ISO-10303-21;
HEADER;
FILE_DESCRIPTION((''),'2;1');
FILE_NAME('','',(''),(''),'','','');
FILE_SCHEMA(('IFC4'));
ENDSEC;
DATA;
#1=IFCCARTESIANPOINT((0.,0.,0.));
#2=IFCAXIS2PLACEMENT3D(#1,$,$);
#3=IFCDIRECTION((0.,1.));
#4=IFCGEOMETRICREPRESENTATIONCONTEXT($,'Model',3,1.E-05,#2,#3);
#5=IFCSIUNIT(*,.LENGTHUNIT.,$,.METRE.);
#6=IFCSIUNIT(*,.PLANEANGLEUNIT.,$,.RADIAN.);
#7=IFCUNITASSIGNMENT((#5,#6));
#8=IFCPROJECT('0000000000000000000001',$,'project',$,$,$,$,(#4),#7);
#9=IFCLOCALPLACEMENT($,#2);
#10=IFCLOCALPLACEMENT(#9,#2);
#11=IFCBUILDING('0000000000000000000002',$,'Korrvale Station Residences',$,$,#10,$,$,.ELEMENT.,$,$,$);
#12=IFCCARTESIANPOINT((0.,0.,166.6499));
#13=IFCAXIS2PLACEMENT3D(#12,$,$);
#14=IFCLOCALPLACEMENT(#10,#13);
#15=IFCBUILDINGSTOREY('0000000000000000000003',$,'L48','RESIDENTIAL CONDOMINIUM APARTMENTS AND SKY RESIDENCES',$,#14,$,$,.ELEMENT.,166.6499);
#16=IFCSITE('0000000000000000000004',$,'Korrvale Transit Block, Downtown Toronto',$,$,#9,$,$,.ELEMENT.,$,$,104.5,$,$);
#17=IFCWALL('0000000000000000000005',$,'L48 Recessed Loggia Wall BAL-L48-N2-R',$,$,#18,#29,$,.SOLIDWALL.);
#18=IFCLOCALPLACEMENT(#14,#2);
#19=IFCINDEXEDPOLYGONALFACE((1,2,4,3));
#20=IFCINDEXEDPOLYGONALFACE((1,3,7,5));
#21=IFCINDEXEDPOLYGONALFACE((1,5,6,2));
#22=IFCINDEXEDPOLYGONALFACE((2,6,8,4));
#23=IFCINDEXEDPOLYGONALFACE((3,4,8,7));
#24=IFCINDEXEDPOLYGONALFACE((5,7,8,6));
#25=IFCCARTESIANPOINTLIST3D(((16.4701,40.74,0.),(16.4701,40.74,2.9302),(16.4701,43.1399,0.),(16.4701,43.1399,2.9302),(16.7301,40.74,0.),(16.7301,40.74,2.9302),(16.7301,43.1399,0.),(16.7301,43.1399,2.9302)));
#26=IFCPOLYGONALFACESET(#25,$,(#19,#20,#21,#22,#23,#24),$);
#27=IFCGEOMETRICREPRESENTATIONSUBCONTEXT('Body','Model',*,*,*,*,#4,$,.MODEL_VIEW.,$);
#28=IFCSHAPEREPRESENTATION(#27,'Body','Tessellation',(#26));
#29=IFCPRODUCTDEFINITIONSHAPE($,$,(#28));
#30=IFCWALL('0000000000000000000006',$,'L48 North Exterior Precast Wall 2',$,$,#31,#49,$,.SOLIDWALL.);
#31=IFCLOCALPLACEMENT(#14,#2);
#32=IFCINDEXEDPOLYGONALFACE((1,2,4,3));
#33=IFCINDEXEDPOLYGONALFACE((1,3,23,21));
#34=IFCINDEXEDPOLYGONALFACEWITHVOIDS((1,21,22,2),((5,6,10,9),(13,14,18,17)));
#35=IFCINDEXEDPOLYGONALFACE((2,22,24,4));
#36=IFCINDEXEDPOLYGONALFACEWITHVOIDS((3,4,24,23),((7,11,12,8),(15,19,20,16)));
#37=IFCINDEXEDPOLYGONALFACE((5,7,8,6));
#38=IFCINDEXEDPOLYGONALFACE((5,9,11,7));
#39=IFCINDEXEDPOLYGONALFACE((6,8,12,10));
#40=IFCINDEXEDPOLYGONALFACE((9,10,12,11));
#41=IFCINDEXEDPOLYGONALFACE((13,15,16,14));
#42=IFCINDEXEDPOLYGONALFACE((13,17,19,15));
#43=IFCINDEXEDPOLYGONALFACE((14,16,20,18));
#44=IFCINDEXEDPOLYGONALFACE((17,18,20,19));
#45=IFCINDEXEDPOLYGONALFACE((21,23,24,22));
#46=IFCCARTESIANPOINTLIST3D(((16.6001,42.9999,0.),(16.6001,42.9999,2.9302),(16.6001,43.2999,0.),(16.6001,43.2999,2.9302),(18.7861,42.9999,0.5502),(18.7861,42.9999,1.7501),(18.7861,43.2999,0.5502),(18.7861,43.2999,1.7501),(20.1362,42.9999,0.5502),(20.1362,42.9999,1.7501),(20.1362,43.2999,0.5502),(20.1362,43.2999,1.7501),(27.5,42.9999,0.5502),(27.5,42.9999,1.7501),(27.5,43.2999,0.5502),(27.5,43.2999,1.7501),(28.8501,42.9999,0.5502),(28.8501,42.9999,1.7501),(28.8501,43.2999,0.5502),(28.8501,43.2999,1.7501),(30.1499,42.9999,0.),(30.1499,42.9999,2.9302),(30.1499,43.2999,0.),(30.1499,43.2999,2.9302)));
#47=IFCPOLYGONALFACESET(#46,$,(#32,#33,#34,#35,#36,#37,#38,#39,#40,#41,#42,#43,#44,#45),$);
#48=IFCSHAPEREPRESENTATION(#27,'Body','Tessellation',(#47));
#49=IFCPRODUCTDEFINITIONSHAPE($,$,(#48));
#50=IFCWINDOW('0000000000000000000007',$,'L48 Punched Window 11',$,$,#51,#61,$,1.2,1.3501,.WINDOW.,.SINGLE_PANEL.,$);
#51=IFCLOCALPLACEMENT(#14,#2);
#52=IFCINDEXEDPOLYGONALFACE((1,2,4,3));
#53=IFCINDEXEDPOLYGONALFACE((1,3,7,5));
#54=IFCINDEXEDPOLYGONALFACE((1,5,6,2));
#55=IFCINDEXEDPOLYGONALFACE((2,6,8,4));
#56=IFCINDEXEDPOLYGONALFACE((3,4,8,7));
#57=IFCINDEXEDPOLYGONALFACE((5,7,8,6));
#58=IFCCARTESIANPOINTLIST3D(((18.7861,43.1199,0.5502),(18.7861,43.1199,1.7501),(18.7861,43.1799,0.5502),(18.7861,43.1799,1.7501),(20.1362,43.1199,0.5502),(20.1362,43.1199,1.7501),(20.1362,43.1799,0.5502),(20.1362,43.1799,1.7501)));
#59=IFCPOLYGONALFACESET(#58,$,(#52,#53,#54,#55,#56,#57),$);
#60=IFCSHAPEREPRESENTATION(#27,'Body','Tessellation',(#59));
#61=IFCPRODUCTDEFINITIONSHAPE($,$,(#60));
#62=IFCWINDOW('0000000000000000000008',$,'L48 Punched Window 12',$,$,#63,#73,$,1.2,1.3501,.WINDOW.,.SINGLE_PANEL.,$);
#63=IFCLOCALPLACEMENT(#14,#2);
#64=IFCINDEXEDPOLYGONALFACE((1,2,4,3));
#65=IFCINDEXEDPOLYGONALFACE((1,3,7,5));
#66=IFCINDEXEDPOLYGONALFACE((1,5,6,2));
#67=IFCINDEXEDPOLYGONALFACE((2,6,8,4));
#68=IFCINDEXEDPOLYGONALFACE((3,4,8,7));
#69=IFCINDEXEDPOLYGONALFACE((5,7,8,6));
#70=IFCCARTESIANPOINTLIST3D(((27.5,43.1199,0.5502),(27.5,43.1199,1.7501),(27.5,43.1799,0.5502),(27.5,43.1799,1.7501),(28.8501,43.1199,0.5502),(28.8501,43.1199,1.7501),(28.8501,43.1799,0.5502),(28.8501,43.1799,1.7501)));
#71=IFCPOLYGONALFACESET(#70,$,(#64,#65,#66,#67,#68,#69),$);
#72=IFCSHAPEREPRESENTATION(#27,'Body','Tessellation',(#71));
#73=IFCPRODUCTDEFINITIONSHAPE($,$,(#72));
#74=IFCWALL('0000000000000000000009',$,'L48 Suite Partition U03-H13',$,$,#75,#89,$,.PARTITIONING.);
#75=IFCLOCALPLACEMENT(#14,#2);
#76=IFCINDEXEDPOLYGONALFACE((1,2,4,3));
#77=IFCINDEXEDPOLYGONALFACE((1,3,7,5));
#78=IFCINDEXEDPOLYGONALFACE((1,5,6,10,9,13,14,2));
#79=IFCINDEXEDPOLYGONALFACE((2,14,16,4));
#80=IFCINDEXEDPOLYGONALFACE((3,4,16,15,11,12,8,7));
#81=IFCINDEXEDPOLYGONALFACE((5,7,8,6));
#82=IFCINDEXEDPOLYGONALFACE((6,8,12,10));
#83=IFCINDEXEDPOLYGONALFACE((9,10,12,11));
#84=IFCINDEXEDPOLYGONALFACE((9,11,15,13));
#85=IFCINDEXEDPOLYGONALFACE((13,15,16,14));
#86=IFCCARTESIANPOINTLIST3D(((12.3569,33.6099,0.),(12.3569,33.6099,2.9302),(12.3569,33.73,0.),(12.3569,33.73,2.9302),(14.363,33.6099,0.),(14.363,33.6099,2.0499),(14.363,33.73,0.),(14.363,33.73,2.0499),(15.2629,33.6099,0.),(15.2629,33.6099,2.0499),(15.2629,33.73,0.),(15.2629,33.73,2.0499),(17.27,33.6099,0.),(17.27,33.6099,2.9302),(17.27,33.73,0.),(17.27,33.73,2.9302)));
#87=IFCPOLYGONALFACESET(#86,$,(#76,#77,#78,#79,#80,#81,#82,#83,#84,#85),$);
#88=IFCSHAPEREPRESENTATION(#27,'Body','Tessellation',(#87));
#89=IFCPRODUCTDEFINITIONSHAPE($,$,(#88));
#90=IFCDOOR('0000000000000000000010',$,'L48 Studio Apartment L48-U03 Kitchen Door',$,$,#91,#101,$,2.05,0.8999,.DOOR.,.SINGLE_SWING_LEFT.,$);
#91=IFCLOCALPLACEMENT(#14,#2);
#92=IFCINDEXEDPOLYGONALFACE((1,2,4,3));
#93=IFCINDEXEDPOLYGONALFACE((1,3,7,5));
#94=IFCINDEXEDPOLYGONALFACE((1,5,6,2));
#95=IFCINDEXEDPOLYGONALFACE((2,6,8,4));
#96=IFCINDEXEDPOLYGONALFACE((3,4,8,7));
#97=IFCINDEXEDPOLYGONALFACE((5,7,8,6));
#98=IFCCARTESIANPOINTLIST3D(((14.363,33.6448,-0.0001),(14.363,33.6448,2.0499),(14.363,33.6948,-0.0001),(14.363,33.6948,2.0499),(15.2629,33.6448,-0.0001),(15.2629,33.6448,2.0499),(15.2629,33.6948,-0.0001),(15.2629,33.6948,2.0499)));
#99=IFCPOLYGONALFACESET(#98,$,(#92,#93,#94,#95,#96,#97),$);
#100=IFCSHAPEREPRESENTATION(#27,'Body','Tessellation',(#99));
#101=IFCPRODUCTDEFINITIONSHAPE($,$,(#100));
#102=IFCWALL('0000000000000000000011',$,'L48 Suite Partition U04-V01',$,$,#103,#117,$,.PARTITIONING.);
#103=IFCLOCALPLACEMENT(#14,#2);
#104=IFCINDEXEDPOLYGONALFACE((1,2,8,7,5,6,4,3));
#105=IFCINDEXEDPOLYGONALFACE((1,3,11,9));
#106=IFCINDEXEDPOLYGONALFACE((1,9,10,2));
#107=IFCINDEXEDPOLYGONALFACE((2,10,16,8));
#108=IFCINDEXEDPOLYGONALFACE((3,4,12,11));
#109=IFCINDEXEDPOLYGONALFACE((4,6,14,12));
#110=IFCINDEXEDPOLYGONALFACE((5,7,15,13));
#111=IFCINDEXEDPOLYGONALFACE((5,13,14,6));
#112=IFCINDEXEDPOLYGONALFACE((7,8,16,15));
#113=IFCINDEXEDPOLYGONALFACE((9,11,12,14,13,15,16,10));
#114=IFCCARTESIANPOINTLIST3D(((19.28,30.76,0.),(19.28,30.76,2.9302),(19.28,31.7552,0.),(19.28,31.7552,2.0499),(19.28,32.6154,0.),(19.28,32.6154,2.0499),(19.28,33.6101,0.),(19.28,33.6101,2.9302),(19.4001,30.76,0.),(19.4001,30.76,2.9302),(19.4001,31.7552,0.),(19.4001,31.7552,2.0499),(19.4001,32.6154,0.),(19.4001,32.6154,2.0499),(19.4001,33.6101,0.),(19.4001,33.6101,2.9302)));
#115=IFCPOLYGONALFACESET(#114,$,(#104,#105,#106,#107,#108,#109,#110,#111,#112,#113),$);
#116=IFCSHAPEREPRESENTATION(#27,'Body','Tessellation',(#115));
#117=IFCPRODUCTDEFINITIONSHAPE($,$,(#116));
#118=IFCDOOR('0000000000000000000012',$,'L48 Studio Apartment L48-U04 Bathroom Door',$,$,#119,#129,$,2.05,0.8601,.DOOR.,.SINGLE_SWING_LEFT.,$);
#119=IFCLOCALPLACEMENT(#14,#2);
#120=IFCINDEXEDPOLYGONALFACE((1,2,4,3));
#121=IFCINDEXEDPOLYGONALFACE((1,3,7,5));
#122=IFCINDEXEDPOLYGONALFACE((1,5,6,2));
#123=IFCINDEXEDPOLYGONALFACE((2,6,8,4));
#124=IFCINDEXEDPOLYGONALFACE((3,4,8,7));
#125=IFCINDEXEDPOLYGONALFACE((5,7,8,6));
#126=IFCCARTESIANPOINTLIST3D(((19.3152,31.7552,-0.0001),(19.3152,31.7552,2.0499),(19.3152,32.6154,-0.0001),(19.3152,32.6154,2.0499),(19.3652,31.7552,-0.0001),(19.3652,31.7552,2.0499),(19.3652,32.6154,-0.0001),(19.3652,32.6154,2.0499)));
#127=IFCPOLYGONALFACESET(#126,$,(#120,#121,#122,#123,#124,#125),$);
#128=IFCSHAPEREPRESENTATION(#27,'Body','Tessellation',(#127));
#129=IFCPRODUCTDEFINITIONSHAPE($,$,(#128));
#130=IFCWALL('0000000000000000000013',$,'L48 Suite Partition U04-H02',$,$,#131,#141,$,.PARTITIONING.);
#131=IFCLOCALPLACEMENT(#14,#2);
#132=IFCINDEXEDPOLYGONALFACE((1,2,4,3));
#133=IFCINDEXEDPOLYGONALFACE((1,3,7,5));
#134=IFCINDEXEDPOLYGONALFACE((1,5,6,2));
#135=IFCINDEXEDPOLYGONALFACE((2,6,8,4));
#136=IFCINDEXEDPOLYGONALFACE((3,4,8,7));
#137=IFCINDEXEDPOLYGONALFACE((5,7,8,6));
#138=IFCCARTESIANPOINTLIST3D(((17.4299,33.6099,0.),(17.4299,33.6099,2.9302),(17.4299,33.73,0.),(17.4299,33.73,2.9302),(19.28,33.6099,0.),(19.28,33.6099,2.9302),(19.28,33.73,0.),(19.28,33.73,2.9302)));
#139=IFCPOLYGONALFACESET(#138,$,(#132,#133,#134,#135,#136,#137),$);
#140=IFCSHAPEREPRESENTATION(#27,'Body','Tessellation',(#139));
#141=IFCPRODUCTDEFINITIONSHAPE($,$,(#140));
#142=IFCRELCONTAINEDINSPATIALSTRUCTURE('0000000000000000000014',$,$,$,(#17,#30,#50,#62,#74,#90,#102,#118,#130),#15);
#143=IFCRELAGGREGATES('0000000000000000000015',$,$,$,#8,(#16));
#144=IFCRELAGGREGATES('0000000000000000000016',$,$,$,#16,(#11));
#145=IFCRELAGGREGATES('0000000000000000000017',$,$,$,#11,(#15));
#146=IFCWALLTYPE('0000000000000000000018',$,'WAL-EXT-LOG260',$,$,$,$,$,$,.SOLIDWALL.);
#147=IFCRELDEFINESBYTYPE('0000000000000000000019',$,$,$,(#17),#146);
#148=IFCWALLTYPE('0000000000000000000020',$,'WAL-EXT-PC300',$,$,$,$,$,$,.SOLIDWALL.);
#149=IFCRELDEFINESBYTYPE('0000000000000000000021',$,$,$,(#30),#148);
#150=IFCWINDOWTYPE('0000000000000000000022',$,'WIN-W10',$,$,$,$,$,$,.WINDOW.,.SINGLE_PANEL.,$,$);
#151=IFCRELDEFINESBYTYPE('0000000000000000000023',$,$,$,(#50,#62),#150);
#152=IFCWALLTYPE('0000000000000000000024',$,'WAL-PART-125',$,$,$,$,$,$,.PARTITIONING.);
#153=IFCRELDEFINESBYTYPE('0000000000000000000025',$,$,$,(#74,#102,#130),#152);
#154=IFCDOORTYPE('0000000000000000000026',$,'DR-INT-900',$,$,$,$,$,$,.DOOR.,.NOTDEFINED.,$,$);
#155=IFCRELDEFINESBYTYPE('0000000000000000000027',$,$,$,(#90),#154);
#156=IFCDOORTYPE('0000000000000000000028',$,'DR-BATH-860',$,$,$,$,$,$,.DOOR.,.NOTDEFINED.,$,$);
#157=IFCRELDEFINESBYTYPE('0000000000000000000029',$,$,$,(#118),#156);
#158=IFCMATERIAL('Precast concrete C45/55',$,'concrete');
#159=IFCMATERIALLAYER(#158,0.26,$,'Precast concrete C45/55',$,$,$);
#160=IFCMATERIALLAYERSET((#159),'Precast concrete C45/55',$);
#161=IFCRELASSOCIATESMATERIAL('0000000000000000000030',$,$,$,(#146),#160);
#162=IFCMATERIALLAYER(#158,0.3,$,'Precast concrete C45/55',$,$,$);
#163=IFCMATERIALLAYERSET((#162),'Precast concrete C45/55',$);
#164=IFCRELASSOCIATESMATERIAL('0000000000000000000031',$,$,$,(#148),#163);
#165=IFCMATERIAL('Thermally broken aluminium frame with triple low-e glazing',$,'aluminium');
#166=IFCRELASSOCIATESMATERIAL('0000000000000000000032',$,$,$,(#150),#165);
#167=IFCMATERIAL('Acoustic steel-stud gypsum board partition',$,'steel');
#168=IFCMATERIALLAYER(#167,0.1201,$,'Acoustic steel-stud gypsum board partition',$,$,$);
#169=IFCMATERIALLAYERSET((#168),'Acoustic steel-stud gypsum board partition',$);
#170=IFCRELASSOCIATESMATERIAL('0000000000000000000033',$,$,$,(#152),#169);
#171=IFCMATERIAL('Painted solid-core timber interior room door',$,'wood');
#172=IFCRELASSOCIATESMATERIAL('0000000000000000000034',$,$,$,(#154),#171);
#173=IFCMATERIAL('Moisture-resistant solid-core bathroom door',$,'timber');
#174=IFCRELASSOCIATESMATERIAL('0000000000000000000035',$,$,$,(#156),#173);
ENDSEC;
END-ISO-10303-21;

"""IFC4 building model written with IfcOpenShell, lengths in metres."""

from ifc_helpers import new_model, si_unit, direction, frame, frame_2d, origin, place, context, subcontext, project, spatial, rectangle, extrude, material, layer, layer_set, type_object, element, fill, save


model = new_model("IFC4")

# Units and contexts
model_context = context("Model", 3, precision=1e-05, world=origin(), true_north=direction((0.0, 1.0)))
body_context = subcontext(model_context, "Body", "Model", "MODEL_VIEW")
ifc_project = project(units=[si_unit("LENGTHUNIT", "METRE"), si_unit("PLANEANGLEUNIT", "RADIAN")], contexts=[model_context])

# Site, building, storey
site_placement = place(None, origin())
site = spatial("IfcSite", under=ifc_project, at=site_placement, Name="Korrvale Transit Block, Downtown Toronto", CompositionType="ELEMENT", RefElevation=104.5)
building_placement = place(site_placement, origin())
building = spatial("IfcBuilding", under=site, at=building_placement, Name="Korrvale Station Residences", CompositionType="ELEMENT")
storey_placement = place(building_placement, frame((0.0, 0.0, 166.6499)))
storey = spatial("IfcBuildingStorey", under=building, at=storey_placement, Name="L48", Description="RESIDENTIAL CONDOMINIUM APARTMENTS AND SKY RESIDENCES", CompositionType="ELEMENT", Elevation=166.6499)

# Wall
ifc_material_1 = material(Name="Precast concrete C45/55", Category="concrete")
ifc_layer_1 = layer(ifc_material_1, 0.26, Name="Precast concrete C45/55")
ifc_layer_set_1 = layer_set([ifc_layer_1], Name="Precast concrete C45/55")
wall_type_1 = type_object("IfcWallType", Name="WAL-EXT-LOG260", PredefinedType="SOLIDWALL", material=ifc_layer_set_1)
wall_1_placement = place(storey_placement, frame((16.6001, 40.74, 0.0), z_axis=(0.0, 0.0, 1.0), x_axis=(0.0, 1.0, 0.0)))
element("IfcWall", 1, at=wall_1_placement, inside=storey, type_object=wall_type_1, Name="L48 Recessed Loggia Wall BAL-L48-N2-R", PredefinedType="SOLIDWALL", context=body_context, shape_type="SweptSolid", body=[
    extrude(rectangle(XDim=2.3999, YDim=0.26, at=frame_2d((1.2, 0.0))), origin(), (0.0, 0.0, 1.0), 2.9302),
])

# Wall, openings, windows
ifc_layer_2 = layer(ifc_material_1, 0.3, Name="Precast concrete C45/55")
ifc_layer_set_2 = layer_set([ifc_layer_2], Name="Precast concrete C45/55")
wall_type_2 = type_object("IfcWallType", Name="WAL-EXT-PC300", PredefinedType="SOLIDWALL", material=ifc_layer_set_2)
wall_2_placement = place(storey_placement, frame((16.6001, 43.1499, 0.0), z_axis=(0.0, 0.0, 1.0), x_axis=(1.0, 0.0, 0.0)))
wall_2 = element("IfcWall", 2, at=wall_2_placement, inside=storey, type_object=wall_type_2, Name="L48 North Exterior Precast Wall 2", PredefinedType="SOLIDWALL", context=body_context, shape_type="SweptSolid", body=[
    extrude(rectangle(XDim=13.5498, YDim=0.3, at=frame_2d((6.7749, 0.0))), origin(), (0.0, 0.0, 1.0), 2.9302),
])
opening_1_placement = place(wall_2_placement, frame((2.186, 0.0, 0.55)))
opening_1 = element("IfcOpeningElement", 3, at=opening_1_placement, cuts=wall_2, PredefinedType="OPENING", context=body_context, shape_type="SweptSolid", body=[
    extrude(rectangle(XDim=1.3501, YDim=1.2, at=frame_2d((0.675, 0.6001))), frame((0.0, 0.1602, 0.0), z_axis=(0.0, -1.0, 0.0), x_axis=(1.0, 0.0, 0.0)), (0.0, 0.0, 1.0), 0.3201),
])
opening_2_placement = place(wall_2_placement, frame((10.8999, 0.0, 0.55)))
opening_2 = element("IfcOpeningElement", 4, at=opening_2_placement, cuts=wall_2, PredefinedType="OPENING", context=body_context, shape_type="SweptSolid", body=[
    extrude(rectangle(XDim=1.3501, YDim=1.2, at=frame_2d((0.675, 0.6001))), frame((0.0, 0.1602, 0.0), z_axis=(0.0, -1.0, 0.0), x_axis=(1.0, 0.0, 0.0)), (0.0, 0.0, 1.0), 0.3201),
])
ifc_material_2 = material(Name="Thermally broken aluminium frame with triple low-e glazing", Category="aluminium")
window_type = type_object("IfcWindowType", Name="WIN-W10", PartitioningType="SINGLE_PANEL", PredefinedType="WINDOW", material=ifc_material_2)
window_1_placement = place(opening_1_placement, origin())
window_1 = element("IfcWindow", 5, at=window_1_placement, inside=storey, type_object=window_type, Name="L48 Punched Window 11", OverallHeight=1.2, OverallWidth=1.3501, PartitioningType="SINGLE_PANEL", PredefinedType="WINDOW", context=body_context, shape_type="SweptSolid", body=[
    extrude(rectangle(XDim=1.3501, YDim=1.2, at=frame_2d((0.675, 0.6001))), frame((0.0, 0.03, 0.0), z_axis=(0.0, -1.0, 0.0), x_axis=(1.0, 0.0, 0.0)), (0.0, 0.0, 1.0), 0.0601),
])
fill(opening_1, window_1)
window_2_placement = place(opening_2_placement, origin())
window_2 = element("IfcWindow", 6, at=window_2_placement, inside=storey, type_object=window_type, Name="L48 Punched Window 12", OverallHeight=1.2, OverallWidth=1.3501, PartitioningType="SINGLE_PANEL", PredefinedType="WINDOW", context=body_context, shape_type="SweptSolid", body=[
    extrude(rectangle(XDim=1.3501, YDim=1.2, at=frame_2d((0.675, 0.6001))), frame((0.0, 0.03, 0.0), z_axis=(0.0, -1.0, 0.0), x_axis=(1.0, 0.0, 0.0)), (0.0, 0.0, 1.0), 0.0601),
])
fill(opening_2, window_2)

# Walls, openings, doors
ifc_material_3 = material(Name="Acoustic steel-stud gypsum board partition", Category="steel")
ifc_layer_3 = layer(ifc_material_3, 0.1201, Name="Acoustic steel-stud gypsum board partition")
ifc_layer_set_3 = layer_set([ifc_layer_3], Name="Acoustic steel-stud gypsum board partition")
wall_type_3 = type_object("IfcWallType", Name="WAL-PART-125", PredefinedType="PARTITIONING", material=ifc_layer_set_3)
wall_3_placement = place(storey_placement, frame((12.3569, 33.6699, 0.0), z_axis=(0.0, 0.0, 1.0), x_axis=(1.0, 0.0, 0.0)))
wall_3 = element("IfcWall", 7, at=wall_3_placement, inside=storey, type_object=wall_type_3, Name="L48 Suite Partition U03-H13", PredefinedType="PARTITIONING", context=body_context, shape_type="SweptSolid", body=[
    extrude(rectangle(XDim=4.9131, YDim=0.1201, at=frame_2d((2.4565, 0.0))), origin(), (0.0, 0.0, 1.0), 2.9302),
])
opening_3_placement = place(wall_3_placement, frame((2.0061, 0.0, 0.0)))
opening_3 = element("IfcOpeningElement", 8, at=opening_3_placement, cuts=wall_3, PredefinedType="OPENING", context=body_context, shape_type="SweptSolid", body=[
    extrude(rectangle(XDim=0.8999, YDim=2.05, at=frame_2d((0.45, 1.0249))), frame((0.0, 0.0701, 0.0), z_axis=(0.0, -1.0, 0.0), x_axis=(1.0, 0.0, 0.0)), (0.0, 0.0, 1.0), 0.1401),
])
ifc_material_4 = material(Name="Painted solid-core timber interior room door", Category="wood")
door_type_1 = type_object("IfcDoorType", Name="DR-INT-900", OperationType="NOTDEFINED", PredefinedType="DOOR", material=ifc_material_4)
door_1_placement = place(opening_3_placement, origin())
door_1 = element("IfcDoor", 9, at=door_1_placement, inside=storey, type_object=door_type_1, Name="L48 Studio Apartment L48-U03 Kitchen Door", OperationType="SINGLE_SWING_LEFT", OverallHeight=2.05, OverallWidth=0.8999, PredefinedType="DOOR", context=body_context, shape_type="SweptSolid", body=[
    extrude(rectangle(XDim=0.8999, YDim=2.05, at=frame_2d((0.45, 1.0249))), frame((0.0, 0.0249, 0.0), z_axis=(0.0, -1.0, 0.0), x_axis=(1.0, 0.0, 0.0)), (0.0, 0.0, 1.0), 0.05),
])
fill(opening_3, door_1)
wall_4_placement = place(storey_placement, frame((19.3401, 30.76, 0.0), z_axis=(0.0, 0.0, 1.0), x_axis=(0.0, 1.0, 0.0)))
wall_4 = element("IfcWall", 10, at=wall_4_placement, inside=storey, type_object=wall_type_3, Name="L48 Suite Partition U04-V01", PredefinedType="PARTITIONING", context=body_context, shape_type="SweptSolid", body=[
    extrude(rectangle(XDim=2.8501, YDim=0.1201, at=frame_2d((1.425, 0.0))), origin(), (0.0, 0.0, 1.0), 2.9302),
])
opening_4_placement = place(wall_4_placement, frame((0.9951, 0.0, 0.0)))
opening_4 = element("IfcOpeningElement", 11, at=opening_4_placement, cuts=wall_4, PredefinedType="OPENING", context=body_context, shape_type="SweptSolid", body=[
    extrude(rectangle(XDim=0.8601, YDim=2.05, at=frame_2d((0.4302, 1.0249))), frame((0.0, 0.0701, 0.0), z_axis=(0.0, -1.0, 0.0), x_axis=(1.0, 0.0, 0.0)), (0.0, 0.0, 1.0), 0.1401),
])
ifc_material_5 = material(Name="Moisture-resistant solid-core bathroom door", Category="timber")
door_type_2 = type_object("IfcDoorType", Name="DR-BATH-860", OperationType="NOTDEFINED", PredefinedType="DOOR", material=ifc_material_5)
door_2_placement = place(opening_4_placement, origin())
door_2 = element("IfcDoor", 12, at=door_2_placement, inside=storey, type_object=door_type_2, Name="L48 Studio Apartment L48-U04 Bathroom Door", OperationType="SINGLE_SWING_LEFT", OverallHeight=2.05, OverallWidth=0.8601, PredefinedType="DOOR", context=body_context, shape_type="SweptSolid", body=[
    extrude(rectangle(XDim=0.8601, YDim=2.05, at=frame_2d((0.4302, 1.0249))), frame((0.0, 0.0249, 0.0), z_axis=(0.0, -1.0, 0.0), x_axis=(1.0, 0.0, 0.0)), (0.0, 0.0, 1.0), 0.05),
])
fill(opening_4, door_2)

# Wall
wall_5_placement = place(storey_placement, frame((17.4299, 33.6699, 0.0), z_axis=(0.0, 0.0, 1.0), x_axis=(1.0, 0.0, 0.0)))
element("IfcWall", 13, at=wall_5_placement, inside=storey, type_object=wall_type_3, Name="L48 Suite Partition U04-H02", PredefinedType="PARTITIONING", context=body_context, shape_type="SweptSolid", body=[
    extrude(rectangle(XDim=1.8501, YDim=0.1201, at=frame_2d((0.925, 0.0))), origin(), (0.0, 0.0, 1.0), 2.9302),
])

save(model, "model.ifc")
